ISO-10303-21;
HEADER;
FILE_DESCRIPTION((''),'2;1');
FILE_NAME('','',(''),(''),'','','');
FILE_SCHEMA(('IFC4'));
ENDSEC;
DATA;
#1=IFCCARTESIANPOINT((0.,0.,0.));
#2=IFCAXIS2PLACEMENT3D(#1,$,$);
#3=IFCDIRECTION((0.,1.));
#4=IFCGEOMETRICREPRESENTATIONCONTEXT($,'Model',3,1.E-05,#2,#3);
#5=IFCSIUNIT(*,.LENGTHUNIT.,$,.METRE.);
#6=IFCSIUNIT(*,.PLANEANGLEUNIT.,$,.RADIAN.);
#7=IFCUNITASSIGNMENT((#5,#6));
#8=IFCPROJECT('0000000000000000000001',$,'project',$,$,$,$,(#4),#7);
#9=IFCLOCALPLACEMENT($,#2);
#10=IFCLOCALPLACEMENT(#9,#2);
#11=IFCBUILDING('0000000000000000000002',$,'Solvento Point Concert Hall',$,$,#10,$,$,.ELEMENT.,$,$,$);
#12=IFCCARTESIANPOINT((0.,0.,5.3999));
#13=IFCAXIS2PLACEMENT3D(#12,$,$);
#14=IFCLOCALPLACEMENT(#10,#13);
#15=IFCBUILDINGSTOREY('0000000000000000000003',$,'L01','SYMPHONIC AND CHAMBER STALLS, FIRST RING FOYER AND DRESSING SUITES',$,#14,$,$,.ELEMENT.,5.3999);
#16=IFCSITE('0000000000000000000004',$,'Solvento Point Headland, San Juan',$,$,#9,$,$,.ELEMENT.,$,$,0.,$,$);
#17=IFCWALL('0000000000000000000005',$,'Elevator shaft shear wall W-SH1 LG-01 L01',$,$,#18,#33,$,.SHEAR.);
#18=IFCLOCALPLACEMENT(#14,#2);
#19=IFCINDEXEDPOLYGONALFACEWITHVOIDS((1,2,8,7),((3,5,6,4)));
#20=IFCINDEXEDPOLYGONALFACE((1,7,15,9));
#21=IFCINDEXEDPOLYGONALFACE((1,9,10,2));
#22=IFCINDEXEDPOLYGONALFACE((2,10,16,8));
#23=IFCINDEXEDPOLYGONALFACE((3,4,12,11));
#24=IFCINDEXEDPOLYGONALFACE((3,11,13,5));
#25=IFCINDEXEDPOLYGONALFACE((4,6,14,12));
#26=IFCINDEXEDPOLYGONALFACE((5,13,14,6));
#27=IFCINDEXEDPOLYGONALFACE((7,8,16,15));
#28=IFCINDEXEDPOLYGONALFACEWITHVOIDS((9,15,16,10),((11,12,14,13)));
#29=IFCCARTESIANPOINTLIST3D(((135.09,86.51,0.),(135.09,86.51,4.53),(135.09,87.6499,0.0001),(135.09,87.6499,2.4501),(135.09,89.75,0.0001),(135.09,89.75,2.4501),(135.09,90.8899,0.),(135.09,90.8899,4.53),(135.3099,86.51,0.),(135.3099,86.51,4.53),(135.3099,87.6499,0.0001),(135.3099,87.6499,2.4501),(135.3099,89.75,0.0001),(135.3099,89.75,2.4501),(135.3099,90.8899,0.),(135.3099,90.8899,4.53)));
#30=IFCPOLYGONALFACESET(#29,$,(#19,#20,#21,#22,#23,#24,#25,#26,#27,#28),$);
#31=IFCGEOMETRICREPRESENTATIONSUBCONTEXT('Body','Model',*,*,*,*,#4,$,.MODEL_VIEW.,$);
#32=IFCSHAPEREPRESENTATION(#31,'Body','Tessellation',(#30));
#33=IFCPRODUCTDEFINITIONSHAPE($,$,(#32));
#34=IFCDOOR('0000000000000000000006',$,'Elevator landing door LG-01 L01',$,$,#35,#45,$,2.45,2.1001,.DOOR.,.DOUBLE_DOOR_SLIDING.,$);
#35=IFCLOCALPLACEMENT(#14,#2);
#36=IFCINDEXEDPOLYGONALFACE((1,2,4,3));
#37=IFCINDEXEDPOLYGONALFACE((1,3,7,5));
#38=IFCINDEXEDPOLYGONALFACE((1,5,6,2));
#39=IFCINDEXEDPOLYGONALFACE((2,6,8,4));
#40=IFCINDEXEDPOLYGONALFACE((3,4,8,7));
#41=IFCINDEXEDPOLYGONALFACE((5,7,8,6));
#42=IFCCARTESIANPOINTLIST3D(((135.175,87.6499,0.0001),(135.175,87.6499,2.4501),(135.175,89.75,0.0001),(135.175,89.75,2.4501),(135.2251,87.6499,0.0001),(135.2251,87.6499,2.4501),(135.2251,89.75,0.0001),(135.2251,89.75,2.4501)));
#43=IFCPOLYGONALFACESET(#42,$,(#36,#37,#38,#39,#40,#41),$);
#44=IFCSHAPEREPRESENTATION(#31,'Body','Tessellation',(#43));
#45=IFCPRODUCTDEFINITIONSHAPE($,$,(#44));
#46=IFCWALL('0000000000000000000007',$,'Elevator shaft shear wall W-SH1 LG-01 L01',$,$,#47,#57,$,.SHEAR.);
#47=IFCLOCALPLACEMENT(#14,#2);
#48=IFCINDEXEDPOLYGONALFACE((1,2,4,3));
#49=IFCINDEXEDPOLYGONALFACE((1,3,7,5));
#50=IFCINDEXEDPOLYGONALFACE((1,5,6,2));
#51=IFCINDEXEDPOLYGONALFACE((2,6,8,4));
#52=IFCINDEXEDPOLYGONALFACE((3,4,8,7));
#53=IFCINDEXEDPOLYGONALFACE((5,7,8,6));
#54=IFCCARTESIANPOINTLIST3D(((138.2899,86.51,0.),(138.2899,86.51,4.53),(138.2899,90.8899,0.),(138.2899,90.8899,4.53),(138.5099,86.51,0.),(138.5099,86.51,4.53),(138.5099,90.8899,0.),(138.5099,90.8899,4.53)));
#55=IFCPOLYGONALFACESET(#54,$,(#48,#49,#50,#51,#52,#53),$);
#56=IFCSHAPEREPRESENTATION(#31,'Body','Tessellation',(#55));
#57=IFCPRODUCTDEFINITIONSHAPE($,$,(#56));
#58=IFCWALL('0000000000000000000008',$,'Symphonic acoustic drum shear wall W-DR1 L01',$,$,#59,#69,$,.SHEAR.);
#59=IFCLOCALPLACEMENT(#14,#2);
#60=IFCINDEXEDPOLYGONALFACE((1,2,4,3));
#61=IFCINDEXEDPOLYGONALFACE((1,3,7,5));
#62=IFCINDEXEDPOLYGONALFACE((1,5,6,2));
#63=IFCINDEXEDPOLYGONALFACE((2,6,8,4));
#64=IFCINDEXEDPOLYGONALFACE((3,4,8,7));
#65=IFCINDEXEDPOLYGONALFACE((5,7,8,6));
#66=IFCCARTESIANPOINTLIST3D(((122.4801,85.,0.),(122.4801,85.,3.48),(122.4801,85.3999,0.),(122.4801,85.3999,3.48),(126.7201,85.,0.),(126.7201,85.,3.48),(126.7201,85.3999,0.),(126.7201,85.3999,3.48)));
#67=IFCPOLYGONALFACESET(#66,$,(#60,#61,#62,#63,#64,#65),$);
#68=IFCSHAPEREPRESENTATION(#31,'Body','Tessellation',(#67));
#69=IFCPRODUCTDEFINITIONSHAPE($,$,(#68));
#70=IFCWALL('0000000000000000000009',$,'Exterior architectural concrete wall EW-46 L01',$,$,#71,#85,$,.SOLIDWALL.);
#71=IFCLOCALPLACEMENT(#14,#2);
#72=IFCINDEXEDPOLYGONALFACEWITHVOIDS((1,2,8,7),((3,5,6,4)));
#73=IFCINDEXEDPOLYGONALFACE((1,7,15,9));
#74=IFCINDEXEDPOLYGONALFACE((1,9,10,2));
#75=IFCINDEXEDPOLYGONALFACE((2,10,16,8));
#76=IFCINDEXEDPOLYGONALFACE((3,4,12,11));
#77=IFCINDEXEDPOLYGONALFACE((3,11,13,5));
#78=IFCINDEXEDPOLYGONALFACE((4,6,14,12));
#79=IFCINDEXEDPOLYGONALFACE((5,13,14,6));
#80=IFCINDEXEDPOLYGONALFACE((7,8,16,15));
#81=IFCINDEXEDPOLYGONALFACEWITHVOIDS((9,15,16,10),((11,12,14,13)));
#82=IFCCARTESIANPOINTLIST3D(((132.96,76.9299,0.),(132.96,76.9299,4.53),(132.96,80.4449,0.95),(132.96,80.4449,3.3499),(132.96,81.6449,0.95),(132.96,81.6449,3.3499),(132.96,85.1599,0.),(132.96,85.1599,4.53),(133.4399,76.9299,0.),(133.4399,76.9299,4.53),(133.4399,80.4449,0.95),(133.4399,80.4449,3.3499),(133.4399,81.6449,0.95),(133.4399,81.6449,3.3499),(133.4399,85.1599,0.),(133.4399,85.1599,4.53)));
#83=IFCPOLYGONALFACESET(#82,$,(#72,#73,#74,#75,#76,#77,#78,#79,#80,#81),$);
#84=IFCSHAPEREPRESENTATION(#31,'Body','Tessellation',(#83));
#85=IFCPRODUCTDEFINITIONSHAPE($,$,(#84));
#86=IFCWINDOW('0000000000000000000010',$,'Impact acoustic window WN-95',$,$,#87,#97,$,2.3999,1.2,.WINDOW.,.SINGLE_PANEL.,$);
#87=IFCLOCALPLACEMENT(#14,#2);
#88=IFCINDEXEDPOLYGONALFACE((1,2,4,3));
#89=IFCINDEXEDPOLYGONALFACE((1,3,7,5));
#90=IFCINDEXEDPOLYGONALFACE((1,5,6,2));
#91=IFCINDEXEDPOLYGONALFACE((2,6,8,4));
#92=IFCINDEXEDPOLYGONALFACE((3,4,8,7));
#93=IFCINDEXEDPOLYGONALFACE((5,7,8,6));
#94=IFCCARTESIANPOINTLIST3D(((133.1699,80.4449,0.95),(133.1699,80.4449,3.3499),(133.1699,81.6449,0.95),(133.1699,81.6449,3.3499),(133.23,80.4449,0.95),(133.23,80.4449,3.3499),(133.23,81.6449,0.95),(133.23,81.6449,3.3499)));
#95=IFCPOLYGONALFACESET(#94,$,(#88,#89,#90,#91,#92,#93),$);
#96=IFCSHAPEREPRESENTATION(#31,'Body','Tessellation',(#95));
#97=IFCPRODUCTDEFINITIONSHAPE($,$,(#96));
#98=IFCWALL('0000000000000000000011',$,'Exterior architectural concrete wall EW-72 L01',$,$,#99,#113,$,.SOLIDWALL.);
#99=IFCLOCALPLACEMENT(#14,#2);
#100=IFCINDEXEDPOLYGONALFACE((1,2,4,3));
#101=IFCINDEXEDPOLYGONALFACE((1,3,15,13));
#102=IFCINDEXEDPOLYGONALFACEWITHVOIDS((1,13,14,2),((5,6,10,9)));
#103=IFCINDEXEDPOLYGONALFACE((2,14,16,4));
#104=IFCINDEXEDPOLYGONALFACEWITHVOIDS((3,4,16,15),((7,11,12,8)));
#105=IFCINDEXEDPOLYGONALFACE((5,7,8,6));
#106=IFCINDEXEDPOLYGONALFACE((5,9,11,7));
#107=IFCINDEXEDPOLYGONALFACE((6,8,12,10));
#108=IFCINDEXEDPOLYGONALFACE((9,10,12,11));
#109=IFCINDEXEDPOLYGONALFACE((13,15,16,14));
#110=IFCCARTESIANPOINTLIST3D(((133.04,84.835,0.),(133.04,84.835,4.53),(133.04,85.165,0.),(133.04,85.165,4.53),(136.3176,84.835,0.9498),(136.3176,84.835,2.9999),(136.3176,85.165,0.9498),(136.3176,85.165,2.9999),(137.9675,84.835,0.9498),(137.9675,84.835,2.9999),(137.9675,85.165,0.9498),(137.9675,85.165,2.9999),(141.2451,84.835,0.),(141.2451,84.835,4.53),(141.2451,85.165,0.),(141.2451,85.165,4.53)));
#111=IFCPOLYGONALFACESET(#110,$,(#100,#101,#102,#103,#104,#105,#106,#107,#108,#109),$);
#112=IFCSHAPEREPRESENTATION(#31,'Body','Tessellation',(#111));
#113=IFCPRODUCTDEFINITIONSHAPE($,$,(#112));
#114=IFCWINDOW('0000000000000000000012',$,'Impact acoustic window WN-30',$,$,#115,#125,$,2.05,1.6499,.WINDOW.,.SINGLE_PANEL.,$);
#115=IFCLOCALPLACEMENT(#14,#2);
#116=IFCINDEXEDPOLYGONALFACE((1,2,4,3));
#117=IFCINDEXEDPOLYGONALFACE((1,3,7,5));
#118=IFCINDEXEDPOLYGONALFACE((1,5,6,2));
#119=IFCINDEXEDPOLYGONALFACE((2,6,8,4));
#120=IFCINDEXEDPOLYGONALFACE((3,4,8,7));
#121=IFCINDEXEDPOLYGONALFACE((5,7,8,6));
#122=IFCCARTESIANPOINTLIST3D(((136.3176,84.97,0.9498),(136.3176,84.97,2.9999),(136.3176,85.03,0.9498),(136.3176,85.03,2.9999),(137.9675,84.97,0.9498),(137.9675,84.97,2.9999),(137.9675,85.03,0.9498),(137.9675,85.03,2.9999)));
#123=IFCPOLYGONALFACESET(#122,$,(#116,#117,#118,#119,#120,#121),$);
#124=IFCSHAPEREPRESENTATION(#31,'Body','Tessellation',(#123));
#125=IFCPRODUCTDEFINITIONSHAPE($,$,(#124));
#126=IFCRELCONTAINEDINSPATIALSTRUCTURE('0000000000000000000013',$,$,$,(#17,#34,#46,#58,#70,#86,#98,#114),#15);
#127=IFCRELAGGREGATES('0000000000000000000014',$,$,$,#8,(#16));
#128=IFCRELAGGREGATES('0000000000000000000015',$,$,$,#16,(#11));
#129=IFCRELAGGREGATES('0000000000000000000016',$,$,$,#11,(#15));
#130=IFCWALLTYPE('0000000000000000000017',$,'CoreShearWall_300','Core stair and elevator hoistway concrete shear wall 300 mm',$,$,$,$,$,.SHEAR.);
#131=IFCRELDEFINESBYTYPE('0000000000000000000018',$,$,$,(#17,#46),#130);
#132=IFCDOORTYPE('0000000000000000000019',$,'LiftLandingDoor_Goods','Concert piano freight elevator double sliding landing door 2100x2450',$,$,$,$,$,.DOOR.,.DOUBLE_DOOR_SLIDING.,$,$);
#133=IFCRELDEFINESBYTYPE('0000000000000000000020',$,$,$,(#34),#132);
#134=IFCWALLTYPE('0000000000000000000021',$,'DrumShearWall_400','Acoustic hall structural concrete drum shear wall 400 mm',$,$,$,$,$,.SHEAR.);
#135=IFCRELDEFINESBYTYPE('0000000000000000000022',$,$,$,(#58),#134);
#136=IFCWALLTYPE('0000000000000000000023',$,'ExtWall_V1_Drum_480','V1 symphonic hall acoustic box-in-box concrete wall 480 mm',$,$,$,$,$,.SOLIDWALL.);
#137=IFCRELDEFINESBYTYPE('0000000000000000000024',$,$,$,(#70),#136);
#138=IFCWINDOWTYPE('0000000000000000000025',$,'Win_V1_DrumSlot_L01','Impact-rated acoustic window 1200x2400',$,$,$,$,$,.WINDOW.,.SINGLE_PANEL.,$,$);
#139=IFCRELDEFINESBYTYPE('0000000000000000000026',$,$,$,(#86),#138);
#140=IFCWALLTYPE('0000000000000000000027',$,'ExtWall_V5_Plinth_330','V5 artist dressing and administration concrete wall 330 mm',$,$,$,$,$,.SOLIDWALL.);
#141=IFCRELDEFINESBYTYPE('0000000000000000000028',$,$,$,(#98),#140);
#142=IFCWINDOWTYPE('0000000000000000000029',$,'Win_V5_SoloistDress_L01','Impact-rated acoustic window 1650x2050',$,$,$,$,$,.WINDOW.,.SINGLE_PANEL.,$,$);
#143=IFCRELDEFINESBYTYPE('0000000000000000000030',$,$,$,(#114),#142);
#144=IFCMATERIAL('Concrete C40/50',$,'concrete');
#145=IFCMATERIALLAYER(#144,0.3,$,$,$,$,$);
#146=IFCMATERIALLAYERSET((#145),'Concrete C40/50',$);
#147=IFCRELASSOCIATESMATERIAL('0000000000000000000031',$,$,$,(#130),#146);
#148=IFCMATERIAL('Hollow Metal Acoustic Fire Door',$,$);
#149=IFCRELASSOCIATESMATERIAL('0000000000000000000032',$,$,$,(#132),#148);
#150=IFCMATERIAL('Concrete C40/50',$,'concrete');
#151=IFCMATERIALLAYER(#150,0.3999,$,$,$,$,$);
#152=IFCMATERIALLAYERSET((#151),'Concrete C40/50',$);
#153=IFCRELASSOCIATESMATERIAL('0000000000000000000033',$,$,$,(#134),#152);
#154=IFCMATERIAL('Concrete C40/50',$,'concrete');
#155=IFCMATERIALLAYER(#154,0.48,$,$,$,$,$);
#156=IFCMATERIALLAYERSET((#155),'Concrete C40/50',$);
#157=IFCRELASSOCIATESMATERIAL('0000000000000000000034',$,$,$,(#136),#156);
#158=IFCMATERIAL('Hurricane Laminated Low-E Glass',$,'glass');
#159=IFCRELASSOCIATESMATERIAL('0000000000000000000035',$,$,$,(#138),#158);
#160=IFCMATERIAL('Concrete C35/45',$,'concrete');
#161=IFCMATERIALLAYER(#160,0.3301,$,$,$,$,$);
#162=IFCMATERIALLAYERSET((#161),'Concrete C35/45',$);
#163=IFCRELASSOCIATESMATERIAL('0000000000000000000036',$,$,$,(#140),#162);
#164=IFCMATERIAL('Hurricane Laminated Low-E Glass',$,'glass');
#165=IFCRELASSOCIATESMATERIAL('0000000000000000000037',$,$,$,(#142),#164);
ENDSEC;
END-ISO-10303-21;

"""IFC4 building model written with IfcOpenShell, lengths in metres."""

from ifc_helpers import new_model, si_unit, direction, frame, frame_2d, origin, place, context, subcontext, project, spatial, rectangle, extrude, material, layer, layer_set, type_object, element, fill, save


model = new_model("IFC4")

# Units and contexts
model_context = context("Model", 3, precision=1e-05, world=origin(), true_north=direction((0.0, 1.0)))
body_context = subcontext(model_context, "Body", "Model", "MODEL_VIEW")
ifc_project = project(units=[si_unit("LENGTHUNIT", "METRE"), si_unit("PLANEANGLEUNIT", "RADIAN")], contexts=[model_context])

# Site, building, storey
site_placement = place(None, origin())
site = spatial("IfcSite", under=ifc_project, at=site_placement, Name="Solvento Point Headland, San Juan", CompositionType="ELEMENT", RefElevation=0.0)
building_placement = place(site_placement, origin())
building = spatial("IfcBuilding", under=site, at=building_placement, Name="Solvento Point Concert Hall", CompositionType="ELEMENT")
storey_placement = place(building_placement, frame((0.0, 0.0, 5.3999)))
storey = spatial("IfcBuildingStorey", under=building, at=storey_placement, Name="L01", Description="SYMPHONIC AND CHAMBER STALLS, FIRST RING FOYER AND DRESSING SUITES", CompositionType="ELEMENT", Elevation=5.3999)

# Shared definitions
ifc_material_1 = material(Name="Concrete C40/50", Category="concrete")
ifc_layer_1 = layer(ifc_material_1, 0.3)
ifc_layer_set_1 = layer_set([ifc_layer_1], Name="Concrete C40/50")
wall_type_1 = type_object("IfcWallType", Name="CoreShearWall_300", Description="Core stair and elevator hoistway concrete shear wall 300 mm", PredefinedType="SHEAR", material=ifc_layer_set_1)

# Wall, opening, door
wall_1_placement = place(storey_placement, frame((135.2, 86.51, 0.0), z_axis=(0.0, 0.0, 1.0), x_axis=(0.0, 1.0, 0.0)))
wall_1 = element("IfcWall", 1, at=wall_1_placement, inside=storey, type_object=wall_type_1, Name="Elevator shaft shear wall W-SH1 LG-01 L01", PredefinedType="SHEAR", context=body_context, shape_type="SweptSolid", body=[
    extrude(rectangle(XDim=4.3799, YDim=0.22, at=frame_2d((2.1899, 0.0))), origin(), (0.0, 0.0, 1.0), 4.53),
])
opening_1_placement = place(wall_1_placement, frame((1.1399, 0.0, 0.0)))
opening_1 = element("IfcOpeningElement", 2, at=opening_1_placement, cuts=wall_1, PredefinedType="OPENING", context=body_context, shape_type="SweptSolid", body=[
    extrude(rectangle(XDim=2.1001, YDim=2.45, at=frame_2d((1.05, 1.2251))), frame((0.0, 0.1199, 0.0), z_axis=(0.0, -1.0, 0.0), x_axis=(1.0, 0.0, 0.0)), (0.0, 0.0, 1.0), 0.24),
])
ifc_material_2 = material(Name="Hollow Metal Acoustic Fire Door")
door_type_1 = type_object("IfcDoorType", Name="LiftLandingDoor_Goods", Description="Concert piano freight elevator double sliding landing door 2100x2450", OperationType="DOUBLE_DOOR_SLIDING", PredefinedType="DOOR", material=ifc_material_2)
door_1_placement = place(opening_1_placement, origin())
door_1 = element("IfcDoor", 3, at=door_1_placement, inside=storey, type_object=door_type_1, Name="Elevator landing door LG-01 L01", OperationType="DOUBLE_DOOR_SLIDING", OverallHeight=2.45, OverallWidth=2.1001, PredefinedType="DOOR", context=body_context, shape_type="SweptSolid", body=[
    extrude(rectangle(XDim=2.1001, YDim=2.45, at=frame_2d((1.05, 1.2251))), frame((0.0, 0.0249, 0.0), z_axis=(0.0, -1.0, 0.0), x_axis=(1.0, 0.0, 0.0)), (0.0, 0.0, 1.0), 0.05),
])
fill(opening_1, door_1)

# Walls
wall_2_placement = place(storey_placement, frame((138.3999, 86.51, 0.0), z_axis=(0.0, 0.0, 1.0), x_axis=(0.0, 1.0, 0.0)))
element("IfcWall", 4, at=wall_2_placement, inside=storey, type_object=wall_type_1, Name="Elevator shaft shear wall W-SH1 LG-01 L01", PredefinedType="SHEAR", context=body_context, shape_type="SweptSolid", body=[
    extrude(rectangle(XDim=4.3799, YDim=0.22, at=frame_2d((2.1899, 0.0))), origin(), (0.0, 0.0, 1.0), 4.53),
])
ifc_material_3 = material(Name="Concrete C40/50", Category="concrete")
ifc_layer_2 = layer(ifc_material_3, 0.3999)
ifc_layer_set_2 = layer_set([ifc_layer_2], Name="Concrete C40/50")
wall_type_2 = type_object("IfcWallType", Name="DrumShearWall_400", Description="Acoustic hall structural concrete drum shear wall 400 mm", PredefinedType="SHEAR", material=ifc_layer_set_2)
wall_3_placement = place(storey_placement, frame((122.48, 85.2, 0.0), z_axis=(0.0, 0.0, 1.0), x_axis=(1.0, 0.0, 0.0)))
element("IfcWall", 5, at=wall_3_placement, inside=storey, type_object=wall_type_2, Name="Symphonic acoustic drum shear wall W-DR1 L01", PredefinedType="SHEAR", context=body_context, shape_type="SweptSolid", body=[
    extrude(rectangle(XDim=4.24, YDim=0.3999, at=frame_2d((2.1201, 0.0))), origin(), (0.0, 0.0, 1.0), 3.48),
])

# Walls, openings, windows
ifc_material_4 = material(Name="Concrete C40/50", Category="concrete")
ifc_layer_3 = layer(ifc_material_4, 0.48)
ifc_layer_set_3 = layer_set([ifc_layer_3], Name="Concrete C40/50")
wall_type_3 = type_object("IfcWallType", Name="ExtWall_V1_Drum_480", Description="V1 symphonic hall acoustic box-in-box concrete wall 480 mm", PredefinedType="SOLIDWALL", material=ifc_layer_set_3)
wall_4_placement = place(storey_placement, frame((133.2, 85.1599, 0.0), z_axis=(0.0, 0.0, 1.0), x_axis=(0.0, -1.0, 0.0)))
wall_4 = element("IfcWall", 6, at=wall_4_placement, inside=storey, type_object=wall_type_3, Name="Exterior architectural concrete wall EW-46 L01", PredefinedType="SOLIDWALL", context=body_context, shape_type="SweptSolid", body=[
    extrude(rectangle(XDim=8.23, YDim=0.48, at=frame_2d((4.115, 0.0))), origin(), (0.0, 0.0, 1.0), 4.53),
])
opening_2_placement = place(wall_4_placement, frame((3.5149, 0.0, 0.95)))
opening_2 = element("IfcOpeningElement", 7, at=opening_2_placement, cuts=wall_4, PredefinedType="OPENING", context=body_context, shape_type="SweptSolid", body=[
    extrude(rectangle(XDim=1.2, YDim=2.3999, at=frame_2d((0.6001, 1.2))), frame((0.0, 0.25, 0.0), z_axis=(0.0, -1.0, 0.0), x_axis=(1.0, 0.0, 0.0)), (0.0, 0.0, 1.0), 0.5),
])
ifc_material_5 = material(Name="Hurricane Laminated Low-E Glass", Category="glass")
window_type_1 = type_object("IfcWindowType", Name="Win_V1_DrumSlot_L01", Description="Impact-rated acoustic window 1200x2400", PartitioningType="SINGLE_PANEL", PredefinedType="WINDOW", material=ifc_material_5)
window_1_placement = place(opening_2_placement, origin())
window_1 = element("IfcWindow", 8, at=window_1_placement, inside=storey, type_object=window_type_1, Name="Impact acoustic window WN-95", OverallHeight=2.3999, OverallWidth=1.2, PartitioningType="SINGLE_PANEL", PredefinedType="WINDOW", context=body_context, shape_type="SweptSolid", body=[
    extrude(rectangle(XDim=1.2, YDim=2.3999, at=frame_2d((0.6001, 1.2))), frame((0.0, 0.03, 0.0), z_axis=(0.0, -1.0, 0.0), x_axis=(1.0, 0.0, 0.0)), (0.0, 0.0, 1.0), 0.0601),
])
fill(opening_2, window_1)
ifc_material_6 = material(Name="Concrete C35/45", Category="concrete")
ifc_layer_4 = layer(ifc_material_6, 0.3301)
ifc_layer_set_4 = layer_set([ifc_layer_4], Name="Concrete C35/45")
wall_type_4 = type_object("IfcWallType", Name="ExtWall_V5_Plinth_330", Description="V5 artist dressing and administration concrete wall 330 mm", PredefinedType="SOLIDWALL", material=ifc_layer_set_4)
wall_5_placement = place(storey_placement, frame((141.2451, 85.0, 0.0), z_axis=(0.0, 0.0, 1.0), x_axis=(-1.0, 0.0, 0.0)))
wall_5 = element("IfcWall", 9, at=wall_5_placement, inside=storey, type_object=wall_type_4, Name="Exterior architectural concrete wall EW-72 L01", PredefinedType="SOLIDWALL", context=body_context, shape_type="SweptSolid", body=[
    extrude(rectangle(XDim=8.2051, YDim=0.3301, at=frame_2d((4.1025, 0.0))), origin(), (0.0, 0.0, 1.0), 4.53),
])
opening_3_placement = place(wall_5_placement, frame((3.2776, 0.0, 0.95)))
opening_3 = element("IfcOpeningElement", 10, at=opening_3_placement, cuts=wall_5, PredefinedType="OPENING", context=body_context, shape_type="SweptSolid", body=[
    extrude(rectangle(XDim=1.6499, YDim=2.05, at=frame_2d((0.825, 1.0249))), frame((0.0, 0.175, 0.0), z_axis=(0.0, -1.0, 0.0), x_axis=(1.0, 0.0, 0.0)), (0.0, 0.0, 1.0), 0.3501),
])
ifc_material_7 = material(Name="Hurricane Laminated Low-E Glass", Category="glass")
window_type_2 = type_object("IfcWindowType", Name="Win_V5_SoloistDress_L01", Description="Impact-rated acoustic window 1650x2050", PartitioningType="SINGLE_PANEL", PredefinedType="WINDOW", material=ifc_material_7)
window_2_placement = place(opening_3_placement, origin())
window_2 = element("IfcWindow", 11, at=window_2_placement, inside=storey, type_object=window_type_2, Name="Impact acoustic window WN-30", OverallHeight=2.05, OverallWidth=1.6499, PartitioningType="SINGLE_PANEL", PredefinedType="WINDOW", context=body_context, shape_type="SweptSolid", body=[
    extrude(rectangle(XDim=1.6499, YDim=2.05, at=frame_2d((0.825, 1.0249))), frame((0.0, 0.03, 0.0), z_axis=(0.0, -1.0, 0.0), x_axis=(1.0, 0.0, 0.0)), (0.0, 0.0, 1.0), 0.0601),
])
fill(opening_3, window_2)

save(model, "model.ifc")
